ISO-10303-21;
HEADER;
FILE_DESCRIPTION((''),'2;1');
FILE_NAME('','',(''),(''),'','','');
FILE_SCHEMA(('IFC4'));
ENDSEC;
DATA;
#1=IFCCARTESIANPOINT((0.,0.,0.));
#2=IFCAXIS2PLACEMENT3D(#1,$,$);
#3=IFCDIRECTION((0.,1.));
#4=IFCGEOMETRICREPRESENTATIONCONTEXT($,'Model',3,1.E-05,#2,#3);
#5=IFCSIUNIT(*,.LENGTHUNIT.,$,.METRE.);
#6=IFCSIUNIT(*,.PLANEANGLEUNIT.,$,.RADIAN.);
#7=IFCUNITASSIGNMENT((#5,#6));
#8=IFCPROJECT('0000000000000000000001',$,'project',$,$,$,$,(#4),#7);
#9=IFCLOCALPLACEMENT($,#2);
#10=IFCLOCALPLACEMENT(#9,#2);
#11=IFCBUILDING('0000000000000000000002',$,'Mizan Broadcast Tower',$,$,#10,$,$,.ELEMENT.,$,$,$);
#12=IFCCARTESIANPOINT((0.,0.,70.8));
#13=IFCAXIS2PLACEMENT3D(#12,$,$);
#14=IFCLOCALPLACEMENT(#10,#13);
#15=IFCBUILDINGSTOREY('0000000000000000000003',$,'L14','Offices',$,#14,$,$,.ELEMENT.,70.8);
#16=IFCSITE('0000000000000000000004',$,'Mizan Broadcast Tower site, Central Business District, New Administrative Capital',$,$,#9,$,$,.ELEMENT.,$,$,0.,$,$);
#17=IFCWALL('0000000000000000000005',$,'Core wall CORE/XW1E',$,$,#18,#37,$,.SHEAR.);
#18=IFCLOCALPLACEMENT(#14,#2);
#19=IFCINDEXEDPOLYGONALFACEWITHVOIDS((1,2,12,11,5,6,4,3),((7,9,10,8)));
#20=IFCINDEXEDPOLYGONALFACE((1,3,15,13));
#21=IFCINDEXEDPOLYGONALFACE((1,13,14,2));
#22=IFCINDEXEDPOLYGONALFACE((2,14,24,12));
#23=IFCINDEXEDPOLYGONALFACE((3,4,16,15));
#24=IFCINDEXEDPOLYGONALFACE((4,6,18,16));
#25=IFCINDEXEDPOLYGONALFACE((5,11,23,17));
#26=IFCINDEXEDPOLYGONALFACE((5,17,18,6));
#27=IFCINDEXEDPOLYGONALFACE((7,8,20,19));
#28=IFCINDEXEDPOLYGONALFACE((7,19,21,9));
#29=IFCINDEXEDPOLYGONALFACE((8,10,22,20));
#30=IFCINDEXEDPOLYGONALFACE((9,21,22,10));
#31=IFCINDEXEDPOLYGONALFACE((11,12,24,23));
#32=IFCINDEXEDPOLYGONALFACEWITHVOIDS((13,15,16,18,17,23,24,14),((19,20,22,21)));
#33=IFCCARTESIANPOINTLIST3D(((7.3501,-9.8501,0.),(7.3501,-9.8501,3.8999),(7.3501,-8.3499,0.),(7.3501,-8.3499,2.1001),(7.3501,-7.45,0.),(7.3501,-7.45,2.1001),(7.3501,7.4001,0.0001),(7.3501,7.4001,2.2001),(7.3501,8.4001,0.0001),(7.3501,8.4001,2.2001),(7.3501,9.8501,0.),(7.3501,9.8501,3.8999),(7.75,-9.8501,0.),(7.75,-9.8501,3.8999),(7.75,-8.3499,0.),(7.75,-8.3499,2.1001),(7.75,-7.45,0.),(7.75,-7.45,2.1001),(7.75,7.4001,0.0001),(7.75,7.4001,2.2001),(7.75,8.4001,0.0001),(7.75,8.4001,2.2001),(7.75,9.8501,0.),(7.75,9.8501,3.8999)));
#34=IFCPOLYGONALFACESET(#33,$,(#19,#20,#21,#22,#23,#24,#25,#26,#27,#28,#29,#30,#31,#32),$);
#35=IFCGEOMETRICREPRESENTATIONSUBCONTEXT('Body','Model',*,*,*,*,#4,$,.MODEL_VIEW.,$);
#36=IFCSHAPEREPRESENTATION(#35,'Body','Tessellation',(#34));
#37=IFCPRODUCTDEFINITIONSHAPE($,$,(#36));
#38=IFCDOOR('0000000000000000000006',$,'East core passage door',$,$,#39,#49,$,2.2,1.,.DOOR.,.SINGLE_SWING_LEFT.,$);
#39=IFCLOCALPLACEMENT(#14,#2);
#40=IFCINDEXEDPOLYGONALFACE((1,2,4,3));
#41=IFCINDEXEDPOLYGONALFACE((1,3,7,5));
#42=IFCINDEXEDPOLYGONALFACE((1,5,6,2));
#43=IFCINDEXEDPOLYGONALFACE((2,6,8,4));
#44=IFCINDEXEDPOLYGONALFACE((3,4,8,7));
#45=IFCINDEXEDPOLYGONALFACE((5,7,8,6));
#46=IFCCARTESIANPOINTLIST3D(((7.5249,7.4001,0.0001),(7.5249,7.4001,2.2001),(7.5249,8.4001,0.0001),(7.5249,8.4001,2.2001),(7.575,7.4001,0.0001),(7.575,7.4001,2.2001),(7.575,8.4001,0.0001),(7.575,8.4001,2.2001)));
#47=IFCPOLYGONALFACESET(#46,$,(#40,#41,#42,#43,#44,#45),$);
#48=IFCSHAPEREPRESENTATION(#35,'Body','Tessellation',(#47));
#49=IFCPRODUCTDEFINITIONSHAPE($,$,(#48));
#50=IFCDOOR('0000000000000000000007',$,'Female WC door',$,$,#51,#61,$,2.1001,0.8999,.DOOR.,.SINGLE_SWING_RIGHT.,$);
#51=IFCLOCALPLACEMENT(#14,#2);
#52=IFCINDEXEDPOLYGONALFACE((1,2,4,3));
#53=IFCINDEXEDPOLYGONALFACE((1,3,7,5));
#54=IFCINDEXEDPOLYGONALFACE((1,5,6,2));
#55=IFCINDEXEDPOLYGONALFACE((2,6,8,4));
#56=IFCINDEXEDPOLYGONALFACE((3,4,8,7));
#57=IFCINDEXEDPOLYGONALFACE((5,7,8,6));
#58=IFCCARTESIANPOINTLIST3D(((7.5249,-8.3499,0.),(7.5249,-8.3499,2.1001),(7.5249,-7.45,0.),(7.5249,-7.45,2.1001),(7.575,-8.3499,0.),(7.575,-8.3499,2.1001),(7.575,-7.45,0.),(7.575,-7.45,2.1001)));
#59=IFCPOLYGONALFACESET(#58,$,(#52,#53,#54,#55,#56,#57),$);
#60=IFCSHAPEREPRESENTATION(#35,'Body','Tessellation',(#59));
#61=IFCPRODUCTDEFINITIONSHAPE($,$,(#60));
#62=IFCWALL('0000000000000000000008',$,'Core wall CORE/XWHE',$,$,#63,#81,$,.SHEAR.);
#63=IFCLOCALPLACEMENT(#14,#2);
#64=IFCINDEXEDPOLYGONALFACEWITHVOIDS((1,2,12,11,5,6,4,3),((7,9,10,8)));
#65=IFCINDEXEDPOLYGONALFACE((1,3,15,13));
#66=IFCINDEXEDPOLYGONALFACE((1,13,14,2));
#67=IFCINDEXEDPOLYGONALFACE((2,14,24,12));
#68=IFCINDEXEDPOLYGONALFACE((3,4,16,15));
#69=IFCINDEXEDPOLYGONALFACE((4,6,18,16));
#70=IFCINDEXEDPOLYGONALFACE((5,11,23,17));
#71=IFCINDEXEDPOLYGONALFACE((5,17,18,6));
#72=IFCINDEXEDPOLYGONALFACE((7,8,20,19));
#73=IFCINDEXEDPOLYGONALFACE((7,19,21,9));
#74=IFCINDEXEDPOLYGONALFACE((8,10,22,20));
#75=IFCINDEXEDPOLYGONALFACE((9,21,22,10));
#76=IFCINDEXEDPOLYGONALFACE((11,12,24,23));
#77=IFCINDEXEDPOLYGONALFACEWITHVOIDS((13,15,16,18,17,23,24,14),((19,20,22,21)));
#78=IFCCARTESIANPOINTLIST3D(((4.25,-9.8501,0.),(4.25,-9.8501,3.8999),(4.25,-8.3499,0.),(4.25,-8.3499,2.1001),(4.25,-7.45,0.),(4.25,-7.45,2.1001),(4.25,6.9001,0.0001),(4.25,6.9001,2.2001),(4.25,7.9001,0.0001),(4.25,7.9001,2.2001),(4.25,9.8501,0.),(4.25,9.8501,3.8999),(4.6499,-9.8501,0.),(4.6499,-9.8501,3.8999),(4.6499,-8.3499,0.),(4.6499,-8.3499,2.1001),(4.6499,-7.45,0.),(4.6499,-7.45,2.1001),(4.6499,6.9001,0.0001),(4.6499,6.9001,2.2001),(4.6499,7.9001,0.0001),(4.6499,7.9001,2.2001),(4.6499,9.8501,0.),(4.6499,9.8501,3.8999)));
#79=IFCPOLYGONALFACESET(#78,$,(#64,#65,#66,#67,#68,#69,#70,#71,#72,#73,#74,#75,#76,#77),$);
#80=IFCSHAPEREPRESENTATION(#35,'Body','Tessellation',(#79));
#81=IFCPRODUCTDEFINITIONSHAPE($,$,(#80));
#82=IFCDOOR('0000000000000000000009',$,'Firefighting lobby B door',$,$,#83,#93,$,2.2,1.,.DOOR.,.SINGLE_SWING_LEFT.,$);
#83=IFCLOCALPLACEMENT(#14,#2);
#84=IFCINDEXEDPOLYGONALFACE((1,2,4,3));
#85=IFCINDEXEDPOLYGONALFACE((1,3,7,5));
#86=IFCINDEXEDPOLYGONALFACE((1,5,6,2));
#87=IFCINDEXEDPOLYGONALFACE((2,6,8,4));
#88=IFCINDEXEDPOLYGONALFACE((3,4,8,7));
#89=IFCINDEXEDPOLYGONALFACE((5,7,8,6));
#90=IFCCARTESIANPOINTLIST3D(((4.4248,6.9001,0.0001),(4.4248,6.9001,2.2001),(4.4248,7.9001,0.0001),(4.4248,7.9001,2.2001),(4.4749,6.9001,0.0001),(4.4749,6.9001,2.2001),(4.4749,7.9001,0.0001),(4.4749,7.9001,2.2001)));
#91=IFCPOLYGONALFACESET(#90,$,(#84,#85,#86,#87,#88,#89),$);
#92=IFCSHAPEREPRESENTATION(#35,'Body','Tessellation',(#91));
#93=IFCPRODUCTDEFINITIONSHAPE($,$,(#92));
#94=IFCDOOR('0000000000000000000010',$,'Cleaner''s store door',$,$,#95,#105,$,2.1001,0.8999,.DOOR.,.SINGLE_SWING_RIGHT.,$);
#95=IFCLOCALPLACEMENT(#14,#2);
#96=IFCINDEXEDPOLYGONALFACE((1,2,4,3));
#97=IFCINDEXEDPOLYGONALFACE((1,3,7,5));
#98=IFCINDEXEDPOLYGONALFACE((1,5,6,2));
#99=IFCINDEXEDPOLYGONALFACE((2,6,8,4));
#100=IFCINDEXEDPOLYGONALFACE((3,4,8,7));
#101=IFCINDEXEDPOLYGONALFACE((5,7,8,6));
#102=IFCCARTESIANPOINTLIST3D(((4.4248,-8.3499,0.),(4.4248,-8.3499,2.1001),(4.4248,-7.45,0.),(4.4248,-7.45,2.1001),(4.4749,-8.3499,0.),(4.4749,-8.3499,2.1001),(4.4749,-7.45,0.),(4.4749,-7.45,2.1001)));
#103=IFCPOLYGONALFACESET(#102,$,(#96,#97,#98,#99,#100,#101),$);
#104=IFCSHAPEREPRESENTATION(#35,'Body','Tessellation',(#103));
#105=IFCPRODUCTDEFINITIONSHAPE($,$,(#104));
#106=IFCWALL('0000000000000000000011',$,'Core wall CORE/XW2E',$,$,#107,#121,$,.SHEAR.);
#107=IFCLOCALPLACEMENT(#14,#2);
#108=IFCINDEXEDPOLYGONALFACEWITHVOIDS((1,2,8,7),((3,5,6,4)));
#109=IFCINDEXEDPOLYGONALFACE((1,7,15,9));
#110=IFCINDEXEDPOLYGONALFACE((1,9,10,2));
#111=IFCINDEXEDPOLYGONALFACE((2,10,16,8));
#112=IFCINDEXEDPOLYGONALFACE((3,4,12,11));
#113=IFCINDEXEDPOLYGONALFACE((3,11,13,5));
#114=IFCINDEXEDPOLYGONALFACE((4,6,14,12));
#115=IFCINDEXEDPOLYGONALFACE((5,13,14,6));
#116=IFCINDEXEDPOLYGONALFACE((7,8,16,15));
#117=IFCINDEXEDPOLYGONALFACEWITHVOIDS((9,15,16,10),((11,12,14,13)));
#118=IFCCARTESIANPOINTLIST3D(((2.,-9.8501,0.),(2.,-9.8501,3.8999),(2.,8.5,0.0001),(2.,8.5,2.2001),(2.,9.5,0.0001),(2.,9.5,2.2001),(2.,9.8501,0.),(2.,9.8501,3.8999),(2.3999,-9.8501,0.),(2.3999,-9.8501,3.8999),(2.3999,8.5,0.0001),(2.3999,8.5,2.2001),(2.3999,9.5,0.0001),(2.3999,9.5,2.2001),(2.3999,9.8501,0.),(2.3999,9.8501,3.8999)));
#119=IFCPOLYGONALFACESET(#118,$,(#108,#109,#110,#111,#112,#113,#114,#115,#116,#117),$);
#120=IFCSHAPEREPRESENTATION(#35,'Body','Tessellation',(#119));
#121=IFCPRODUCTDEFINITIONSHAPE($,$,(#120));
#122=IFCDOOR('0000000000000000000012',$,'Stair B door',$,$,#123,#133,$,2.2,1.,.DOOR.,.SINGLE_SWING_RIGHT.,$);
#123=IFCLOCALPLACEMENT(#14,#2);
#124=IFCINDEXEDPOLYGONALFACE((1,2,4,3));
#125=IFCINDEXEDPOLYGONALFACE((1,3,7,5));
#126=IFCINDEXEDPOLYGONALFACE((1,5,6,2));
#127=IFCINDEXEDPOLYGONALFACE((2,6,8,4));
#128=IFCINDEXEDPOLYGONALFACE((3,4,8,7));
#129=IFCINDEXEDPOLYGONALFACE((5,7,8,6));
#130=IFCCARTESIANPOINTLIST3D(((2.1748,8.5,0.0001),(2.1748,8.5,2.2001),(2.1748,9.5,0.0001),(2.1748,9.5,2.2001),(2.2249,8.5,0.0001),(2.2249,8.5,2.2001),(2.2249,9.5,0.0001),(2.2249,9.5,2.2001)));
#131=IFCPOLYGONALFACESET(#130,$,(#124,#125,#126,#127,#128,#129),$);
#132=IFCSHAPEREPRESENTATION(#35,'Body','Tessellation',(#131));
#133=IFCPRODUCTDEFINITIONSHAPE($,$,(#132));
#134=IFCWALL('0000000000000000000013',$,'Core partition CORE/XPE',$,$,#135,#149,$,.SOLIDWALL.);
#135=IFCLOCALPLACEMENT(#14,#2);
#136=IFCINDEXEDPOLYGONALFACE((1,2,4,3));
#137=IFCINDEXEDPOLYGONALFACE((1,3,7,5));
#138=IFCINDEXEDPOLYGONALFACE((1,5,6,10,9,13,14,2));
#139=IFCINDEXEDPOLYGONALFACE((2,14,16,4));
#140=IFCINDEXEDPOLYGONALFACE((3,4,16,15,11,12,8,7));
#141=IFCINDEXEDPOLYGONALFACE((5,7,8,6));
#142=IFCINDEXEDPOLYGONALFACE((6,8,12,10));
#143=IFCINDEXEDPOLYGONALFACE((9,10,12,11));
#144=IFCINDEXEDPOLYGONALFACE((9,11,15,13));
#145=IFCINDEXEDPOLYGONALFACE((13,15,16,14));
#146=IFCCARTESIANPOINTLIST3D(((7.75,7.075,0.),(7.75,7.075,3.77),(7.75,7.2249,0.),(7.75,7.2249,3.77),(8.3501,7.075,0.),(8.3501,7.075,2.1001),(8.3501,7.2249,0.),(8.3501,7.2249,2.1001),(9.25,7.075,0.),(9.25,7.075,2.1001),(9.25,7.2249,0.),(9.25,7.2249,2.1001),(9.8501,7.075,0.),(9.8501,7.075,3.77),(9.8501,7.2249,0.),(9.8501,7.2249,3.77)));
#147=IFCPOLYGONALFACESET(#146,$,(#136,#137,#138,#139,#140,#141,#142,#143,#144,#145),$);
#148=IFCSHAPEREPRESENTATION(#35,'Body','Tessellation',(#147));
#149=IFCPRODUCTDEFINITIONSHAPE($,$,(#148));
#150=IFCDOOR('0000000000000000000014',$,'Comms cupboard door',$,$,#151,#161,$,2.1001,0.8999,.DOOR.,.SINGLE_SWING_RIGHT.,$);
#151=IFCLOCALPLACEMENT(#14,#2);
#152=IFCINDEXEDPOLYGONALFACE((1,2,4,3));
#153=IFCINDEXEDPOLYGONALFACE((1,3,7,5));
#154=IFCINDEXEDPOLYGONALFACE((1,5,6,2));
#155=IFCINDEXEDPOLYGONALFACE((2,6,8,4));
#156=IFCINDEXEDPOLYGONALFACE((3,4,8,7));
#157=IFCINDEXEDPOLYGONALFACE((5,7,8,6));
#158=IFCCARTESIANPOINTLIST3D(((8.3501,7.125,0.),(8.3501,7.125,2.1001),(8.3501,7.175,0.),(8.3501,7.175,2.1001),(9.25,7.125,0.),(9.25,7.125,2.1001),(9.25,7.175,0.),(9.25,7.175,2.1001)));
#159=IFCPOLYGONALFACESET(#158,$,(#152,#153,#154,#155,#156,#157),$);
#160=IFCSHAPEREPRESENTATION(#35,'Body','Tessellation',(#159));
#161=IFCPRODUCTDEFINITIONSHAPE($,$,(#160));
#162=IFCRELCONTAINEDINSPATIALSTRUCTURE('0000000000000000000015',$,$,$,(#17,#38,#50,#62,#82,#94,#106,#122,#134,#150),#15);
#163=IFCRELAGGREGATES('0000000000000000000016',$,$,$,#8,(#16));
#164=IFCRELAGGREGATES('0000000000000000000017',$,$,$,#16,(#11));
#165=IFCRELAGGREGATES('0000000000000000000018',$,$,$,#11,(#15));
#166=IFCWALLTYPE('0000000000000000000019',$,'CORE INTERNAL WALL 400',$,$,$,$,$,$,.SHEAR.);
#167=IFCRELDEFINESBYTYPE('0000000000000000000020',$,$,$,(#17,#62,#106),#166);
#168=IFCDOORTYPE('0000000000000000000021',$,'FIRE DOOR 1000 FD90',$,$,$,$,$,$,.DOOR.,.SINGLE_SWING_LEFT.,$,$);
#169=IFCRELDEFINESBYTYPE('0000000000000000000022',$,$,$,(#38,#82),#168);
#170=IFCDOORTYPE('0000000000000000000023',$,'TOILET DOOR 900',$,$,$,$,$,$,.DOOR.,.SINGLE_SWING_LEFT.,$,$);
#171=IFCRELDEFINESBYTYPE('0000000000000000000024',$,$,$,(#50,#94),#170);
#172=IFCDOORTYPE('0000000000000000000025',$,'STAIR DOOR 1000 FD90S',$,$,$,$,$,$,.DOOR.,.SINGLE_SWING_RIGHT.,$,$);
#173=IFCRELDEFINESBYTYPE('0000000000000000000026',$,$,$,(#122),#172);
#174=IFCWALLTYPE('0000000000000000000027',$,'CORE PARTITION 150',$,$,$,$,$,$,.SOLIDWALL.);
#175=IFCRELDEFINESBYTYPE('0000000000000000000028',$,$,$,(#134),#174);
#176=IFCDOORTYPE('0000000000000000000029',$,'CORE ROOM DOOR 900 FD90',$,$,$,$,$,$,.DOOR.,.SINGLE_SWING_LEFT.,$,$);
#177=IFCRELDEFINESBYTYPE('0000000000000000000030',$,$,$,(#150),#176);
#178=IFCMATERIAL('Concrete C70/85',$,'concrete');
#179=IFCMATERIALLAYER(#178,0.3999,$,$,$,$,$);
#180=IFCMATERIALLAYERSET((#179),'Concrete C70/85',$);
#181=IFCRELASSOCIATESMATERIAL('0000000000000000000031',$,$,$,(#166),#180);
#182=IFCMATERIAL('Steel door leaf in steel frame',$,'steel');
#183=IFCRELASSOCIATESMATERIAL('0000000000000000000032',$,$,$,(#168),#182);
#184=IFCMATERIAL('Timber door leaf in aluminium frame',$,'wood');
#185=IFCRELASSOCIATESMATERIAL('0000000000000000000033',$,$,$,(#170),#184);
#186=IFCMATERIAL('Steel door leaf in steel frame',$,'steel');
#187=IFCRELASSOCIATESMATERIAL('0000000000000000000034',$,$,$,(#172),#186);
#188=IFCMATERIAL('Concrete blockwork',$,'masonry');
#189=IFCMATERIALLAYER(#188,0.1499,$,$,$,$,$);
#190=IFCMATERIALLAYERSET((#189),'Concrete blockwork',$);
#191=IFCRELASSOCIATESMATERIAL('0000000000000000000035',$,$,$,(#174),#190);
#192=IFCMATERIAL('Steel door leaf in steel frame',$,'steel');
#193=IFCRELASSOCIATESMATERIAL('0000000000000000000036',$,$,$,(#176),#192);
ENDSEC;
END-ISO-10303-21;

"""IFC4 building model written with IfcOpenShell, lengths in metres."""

from ifc_helpers import new_model, si_unit, direction, frame, frame_2d, origin, place, context, subcontext, project, spatial, rectangle, extrude, material, layer, layer_set, type_object, element, fill, save


model = new_model("IFC4")

# Units and contexts
model_context = context("Model", 3, precision=1e-05, world=origin(), true_north=direction((0.0, 1.0)))
body_context = subcontext(model_context, "Body", "Model", "MODEL_VIEW")
ifc_project = project(units=[si_unit("LENGTHUNIT", "METRE"), si_unit("PLANEANGLEUNIT", "RADIAN")], contexts=[model_context])

# Site, building, storey
site_placement = place(None, origin())
site = spatial("IfcSite", under=ifc_project, at=site_placement, Name="Mizan Broadcast Tower site, Central Business District, New Administrative Capital", CompositionType="ELEMENT", RefElevation=0.0)
building_placement = place(site_placement, origin())
building = spatial("IfcBuilding", under=site, at=building_placement, Name="Mizan Broadcast Tower", CompositionType="ELEMENT")
storey_placement = place(building_placement, frame((0.0, 0.0, 70.8)))
storey = spatial("IfcBuildingStorey", under=building, at=storey_placement, Name="L14", Description="Offices", CompositionType="ELEMENT", Elevation=70.8)

# Walls, openings, doors
ifc_material_1 = material(Name="Concrete C70/85", Category="concrete")
ifc_layer_1 = layer(ifc_material_1, 0.3999)
ifc_layer_set_1 = layer_set([ifc_layer_1], Name="Concrete C70/85")
wall_type_1 = type_object("IfcWallType", Name="CORE INTERNAL WALL 400", PredefinedType="SHEAR", material=ifc_layer_set_1)
wall_1_placement = place(storey_placement, frame((7.55, 9.8501, 0.0), z_axis=(0.0, 0.0, 1.0), x_axis=(0.0, -1.0, 0.0)))
wall_1 = element("IfcWall", 1, at=wall_1_placement, inside=storey, type_object=wall_type_1, Name="Core wall CORE/XW1E", PredefinedType="SHEAR", context=body_context, shape_type="SweptSolid", body=[
    extrude(rectangle(XDim=19.7002, YDim=0.3999, at=frame_2d((9.8501, 0.0))), origin(), (0.0, 0.0, 1.0), 3.8999),
])
opening_1_placement = place(wall_1_placement, frame((1.45, 0.0, 0.0)))
opening_1 = element("IfcOpeningElement", 2, at=opening_1_placement, cuts=wall_1, PredefinedType="OPENING", context=body_context, shape_type="SweptSolid", body=[
    extrude(rectangle(XDim=1.0, YDim=2.2, at=frame_2d((0.5, 1.1001))), frame((0.0, 0.21, 0.0), z_axis=(0.0, -1.0, 0.0), x_axis=(1.0, 0.0, 0.0)), (0.0, 0.0, 1.0), 0.4199),
])
opening_2_placement = place(wall_1_placement, frame((17.3, 0.0, 0.0)))
opening_2 = element("IfcOpeningElement", 3, at=opening_2_placement, cuts=wall_1, PredefinedType="OPENING", context=body_context, shape_type="SweptSolid", body=[
    extrude(rectangle(XDim=0.8999, YDim=2.1001, at=frame_2d((0.45, 1.05))), frame((0.0, 0.21, 0.0), z_axis=(0.0, -1.0, 0.0), x_axis=(1.0, 0.0, 0.0)), (0.0, 0.0, 1.0), 0.4199),
])
ifc_material_2 = material(Name="Steel door leaf in steel frame", Category="steel")
door_type_1 = type_object("IfcDoorType", Name="FIRE DOOR 1000 FD90", OperationType="SINGLE_SWING_LEFT", PredefinedType="DOOR", material=ifc_material_2)
door_1_placement = place(opening_1_placement, origin())
door_1 = element("IfcDoor", 4, at=door_1_placement, inside=storey, type_object=door_type_1, Name="East core passage door", OperationType="SINGLE_SWING_LEFT", OverallHeight=2.2, OverallWidth=1.0, PredefinedType="DOOR", context=body_context, shape_type="SweptSolid", body=[
    extrude(rectangle(XDim=1.0, YDim=2.2, at=frame_2d((0.5, 1.1001))), frame((0.0, 0.0249, 0.0), z_axis=(0.0, -1.0, 0.0), x_axis=(1.0, 0.0, 0.0)), (0.0, 0.0, 1.0), 0.05),
])
fill(opening_1, door_1)
ifc_material_3 = material(Name="Timber door leaf in aluminium frame", Category="wood")
door_type_2 = type_object("IfcDoorType", Name="TOILET DOOR 900", OperationType="SINGLE_SWING_LEFT", PredefinedType="DOOR", material=ifc_material_3)
door_2_placement = place(opening_2_placement, origin())
door_2 = element("IfcDoor", 5, at=door_2_placement, inside=storey, type_object=door_type_2, Name="Female WC door", OperationType="SINGLE_SWING_RIGHT", OverallHeight=2.1001, OverallWidth=0.8999, PredefinedType="DOOR", context=body_context, shape_type="SweptSolid", body=[
    extrude(rectangle(XDim=0.8999, YDim=2.1001, at=frame_2d((0.45, 1.05))), frame((0.0, 0.0249, 0.0), z_axis=(0.0, -1.0, 0.0), x_axis=(1.0, 0.0, 0.0)), (0.0, 0.0, 1.0), 0.05),
])
fill(opening_2, door_2)
wall_2_placement = place(storey_placement, frame((4.45, 9.8501, 0.0), z_axis=(0.0, 0.0, 1.0), x_axis=(0.0, -1.0, 0.0)))
wall_2 = element("IfcWall", 6, at=wall_2_placement, inside=storey, type_object=wall_type_1, Name="Core wall CORE/XWHE", PredefinedType="SHEAR", context=body_context, shape_type="SweptSolid", body=[
    extrude(rectangle(XDim=19.7002, YDim=0.3999, at=frame_2d((9.8501, 0.0))), origin(), (0.0, 0.0, 1.0), 3.8999),
])
opening_3_placement = place(wall_2_placement, frame((1.95, 0.0, 0.0)))
opening_3 = element("IfcOpeningElement", 7, at=opening_3_placement, cuts=wall_2, PredefinedType="OPENING", context=body_context, shape_type="SweptSolid", body=[
    extrude(rectangle(XDim=1.0, YDim=2.2, at=frame_2d((0.5, 1.1001))), frame((0.0, 0.21, 0.0), z_axis=(0.0, -1.0, 0.0), x_axis=(1.0, 0.0, 0.0)), (0.0, 0.0, 1.0), 0.4199),
])
opening_4_placement = place(wall_2_placement, frame((17.3, 0.0, 0.0)))
opening_4 = element("IfcOpeningElement", 8, at=opening_4_placement, cuts=wall_2, PredefinedType="OPENING", context=body_context, shape_type="SweptSolid", body=[
    extrude(rectangle(XDim=0.8999, YDim=2.1001, at=frame_2d((0.45, 1.05))), frame((0.0, 0.21, 0.0), z_axis=(0.0, -1.0, 0.0), x_axis=(1.0, 0.0, 0.0)), (0.0, 0.0, 1.0), 0.4199),
])
door_3_placement = place(opening_3_placement, origin())
door_3 = element("IfcDoor", 9, at=door_3_placement, inside=storey, type_object=door_type_1, Name="Firefighting lobby B door", OperationType="SINGLE_SWING_LEFT", OverallHeight=2.2, OverallWidth=1.0, PredefinedType="DOOR", context=body_context, shape_type="SweptSolid", body=[
    extrude(rectangle(XDim=1.0, YDim=2.2, at=frame_2d((0.5, 1.1001))), frame((0.0, 0.0249, 0.0), z_axis=(0.0, -1.0, 0.0), x_axis=(1.0, 0.0, 0.0)), (0.0, 0.0, 1.0), 0.05),
])
fill(opening_3, door_3)
door_4_placement = place(opening_4_placement, origin())
door_4 = element("IfcDoor", 10, at=door_4_placement, inside=storey, type_object=door_type_2, Name="Cleaner's store door", OperationType="SINGLE_SWING_RIGHT", OverallHeight=2.1001, OverallWidth=0.8999, PredefinedType="DOOR", context=body_context, shape_type="SweptSolid", body=[
    extrude(rectangle(XDim=0.8999, YDim=2.1001, at=frame_2d((0.45, 1.05))), frame((0.0, 0.0249, 0.0), z_axis=(0.0, -1.0, 0.0), x_axis=(1.0, 0.0, 0.0)), (0.0, 0.0, 1.0), 0.05),
])
fill(opening_4, door_4)

# Walls, openings, doors
wall_3_placement = place(storey_placement, frame((2.2, 9.8501, 0.0), z_axis=(0.0, 0.0, 1.0), x_axis=(0.0, -1.0, 0.0)))
wall_3 = element("IfcWall", 11, at=wall_3_placement, inside=storey, type_object=wall_type_1, Name="Core wall CORE/XW2E", PredefinedType="SHEAR", context=body_context, shape_type="SweptSolid", body=[
    extrude(rectangle(XDim=19.7002, YDim=0.3999, at=frame_2d((9.8501, 0.0))), origin(), (0.0, 0.0, 1.0), 3.8999),
])
opening_5_placement = place(wall_3_placement, frame((0.3501, 0.0, 0.0)))
opening_5 = element("IfcOpeningElement", 12, at=opening_5_placement, cuts=wall_3, PredefinedType="OPENING", context=body_context, shape_type="SweptSolid", body=[
    extrude(rectangle(XDim=1.0, YDim=2.2, at=frame_2d((0.5, 1.1001))), frame((0.0, 0.21, 0.0), z_axis=(0.0, -1.0, 0.0), x_axis=(1.0, 0.0, 0.0)), (0.0, 0.0, 1.0), 0.4199),
])
ifc_material_4 = material(Name="Steel door leaf in steel frame", Category="steel")
door_type_3 = type_object("IfcDoorType", Name="STAIR DOOR 1000 FD90S", OperationType="SINGLE_SWING_RIGHT", PredefinedType="DOOR", material=ifc_material_4)
door_5_placement = place(opening_5_placement, origin())
door_5 = element("IfcDoor", 13, at=door_5_placement, inside=storey, type_object=door_type_3, Name="Stair B door", OperationType="SINGLE_SWING_RIGHT", OverallHeight=2.2, OverallWidth=1.0, PredefinedType="DOOR", context=body_context, shape_type="SweptSolid", body=[
    extrude(rectangle(XDim=1.0, YDim=2.2, at=frame_2d((0.5, 1.1001))), frame((0.0, 0.0249, 0.0), z_axis=(0.0, -1.0, 0.0), x_axis=(1.0, 0.0, 0.0)), (0.0, 0.0, 1.0), 0.05),
])
fill(opening_5, door_5)
ifc_material_5 = material(Name="Concrete blockwork", Category="masonry")
ifc_layer_2 = layer(ifc_material_5, 0.1499)
ifc_layer_set_2 = layer_set([ifc_layer_2], Name="Concrete blockwork")
wall_type_2 = type_object("IfcWallType", Name="CORE PARTITION 150", PredefinedType="SOLIDWALL", material=ifc_layer_set_2)
wall_4_placement = place(storey_placement, frame((9.8501, 7.1499, 0.0), z_axis=(0.0, 0.0, 1.0), x_axis=(-1.0, 0.0, 0.0)))
wall_4 = element("IfcWall", 14, at=wall_4_placement, inside=storey, type_object=wall_type_2, Name="Core partition CORE/XPE", PredefinedType="SOLIDWALL", context=body_context, shape_type="SweptSolid", body=[
    extrude(rectangle(XDim=2.1001, YDim=0.1499, at=frame_2d((1.05, 0.0))), origin(), (0.0, 0.0, 1.0), 3.77),
])
opening_6_placement = place(wall_4_placement, frame((0.6001, 0.0, 0.0)))
opening_6 = element("IfcOpeningElement", 15, at=opening_6_placement, cuts=wall_4, PredefinedType="OPENING", context=body_context, shape_type="SweptSolid", body=[
    extrude(rectangle(XDim=0.8999, YDim=2.1001, at=frame_2d((0.45, 1.05))), frame((0.0, 0.085, 0.0), z_axis=(0.0, -1.0, 0.0), x_axis=(1.0, 0.0, 0.0)), (0.0, 0.0, 1.0), 0.1699),
])
ifc_material_6 = material(Name="Steel door leaf in steel frame", Category="steel")
door_type_4 = type_object("IfcDoorType", Name="CORE ROOM DOOR 900 FD90", OperationType="SINGLE_SWING_LEFT", PredefinedType="DOOR", material=ifc_material_6)
door_6_placement = place(opening_6_placement, origin())
door_6 = element("IfcDoor", 16, at=door_6_placement, inside=storey, type_object=door_type_4, Name="Comms cupboard door", OperationType="SINGLE_SWING_RIGHT", OverallHeight=2.1001, OverallWidth=0.8999, PredefinedType="DOOR", context=body_context, shape_type="SweptSolid", body=[
    extrude(rectangle(XDim=0.8999, YDim=2.1001, at=frame_2d((0.45, 1.05))), frame((0.0, 0.0249, 0.0), z_axis=(0.0, -1.0, 0.0), x_axis=(1.0, 0.0, 0.0)), (0.0, 0.0, 1.0), 0.05),
])
fill(opening_6, door_6)

save(model, "model.ifc")
